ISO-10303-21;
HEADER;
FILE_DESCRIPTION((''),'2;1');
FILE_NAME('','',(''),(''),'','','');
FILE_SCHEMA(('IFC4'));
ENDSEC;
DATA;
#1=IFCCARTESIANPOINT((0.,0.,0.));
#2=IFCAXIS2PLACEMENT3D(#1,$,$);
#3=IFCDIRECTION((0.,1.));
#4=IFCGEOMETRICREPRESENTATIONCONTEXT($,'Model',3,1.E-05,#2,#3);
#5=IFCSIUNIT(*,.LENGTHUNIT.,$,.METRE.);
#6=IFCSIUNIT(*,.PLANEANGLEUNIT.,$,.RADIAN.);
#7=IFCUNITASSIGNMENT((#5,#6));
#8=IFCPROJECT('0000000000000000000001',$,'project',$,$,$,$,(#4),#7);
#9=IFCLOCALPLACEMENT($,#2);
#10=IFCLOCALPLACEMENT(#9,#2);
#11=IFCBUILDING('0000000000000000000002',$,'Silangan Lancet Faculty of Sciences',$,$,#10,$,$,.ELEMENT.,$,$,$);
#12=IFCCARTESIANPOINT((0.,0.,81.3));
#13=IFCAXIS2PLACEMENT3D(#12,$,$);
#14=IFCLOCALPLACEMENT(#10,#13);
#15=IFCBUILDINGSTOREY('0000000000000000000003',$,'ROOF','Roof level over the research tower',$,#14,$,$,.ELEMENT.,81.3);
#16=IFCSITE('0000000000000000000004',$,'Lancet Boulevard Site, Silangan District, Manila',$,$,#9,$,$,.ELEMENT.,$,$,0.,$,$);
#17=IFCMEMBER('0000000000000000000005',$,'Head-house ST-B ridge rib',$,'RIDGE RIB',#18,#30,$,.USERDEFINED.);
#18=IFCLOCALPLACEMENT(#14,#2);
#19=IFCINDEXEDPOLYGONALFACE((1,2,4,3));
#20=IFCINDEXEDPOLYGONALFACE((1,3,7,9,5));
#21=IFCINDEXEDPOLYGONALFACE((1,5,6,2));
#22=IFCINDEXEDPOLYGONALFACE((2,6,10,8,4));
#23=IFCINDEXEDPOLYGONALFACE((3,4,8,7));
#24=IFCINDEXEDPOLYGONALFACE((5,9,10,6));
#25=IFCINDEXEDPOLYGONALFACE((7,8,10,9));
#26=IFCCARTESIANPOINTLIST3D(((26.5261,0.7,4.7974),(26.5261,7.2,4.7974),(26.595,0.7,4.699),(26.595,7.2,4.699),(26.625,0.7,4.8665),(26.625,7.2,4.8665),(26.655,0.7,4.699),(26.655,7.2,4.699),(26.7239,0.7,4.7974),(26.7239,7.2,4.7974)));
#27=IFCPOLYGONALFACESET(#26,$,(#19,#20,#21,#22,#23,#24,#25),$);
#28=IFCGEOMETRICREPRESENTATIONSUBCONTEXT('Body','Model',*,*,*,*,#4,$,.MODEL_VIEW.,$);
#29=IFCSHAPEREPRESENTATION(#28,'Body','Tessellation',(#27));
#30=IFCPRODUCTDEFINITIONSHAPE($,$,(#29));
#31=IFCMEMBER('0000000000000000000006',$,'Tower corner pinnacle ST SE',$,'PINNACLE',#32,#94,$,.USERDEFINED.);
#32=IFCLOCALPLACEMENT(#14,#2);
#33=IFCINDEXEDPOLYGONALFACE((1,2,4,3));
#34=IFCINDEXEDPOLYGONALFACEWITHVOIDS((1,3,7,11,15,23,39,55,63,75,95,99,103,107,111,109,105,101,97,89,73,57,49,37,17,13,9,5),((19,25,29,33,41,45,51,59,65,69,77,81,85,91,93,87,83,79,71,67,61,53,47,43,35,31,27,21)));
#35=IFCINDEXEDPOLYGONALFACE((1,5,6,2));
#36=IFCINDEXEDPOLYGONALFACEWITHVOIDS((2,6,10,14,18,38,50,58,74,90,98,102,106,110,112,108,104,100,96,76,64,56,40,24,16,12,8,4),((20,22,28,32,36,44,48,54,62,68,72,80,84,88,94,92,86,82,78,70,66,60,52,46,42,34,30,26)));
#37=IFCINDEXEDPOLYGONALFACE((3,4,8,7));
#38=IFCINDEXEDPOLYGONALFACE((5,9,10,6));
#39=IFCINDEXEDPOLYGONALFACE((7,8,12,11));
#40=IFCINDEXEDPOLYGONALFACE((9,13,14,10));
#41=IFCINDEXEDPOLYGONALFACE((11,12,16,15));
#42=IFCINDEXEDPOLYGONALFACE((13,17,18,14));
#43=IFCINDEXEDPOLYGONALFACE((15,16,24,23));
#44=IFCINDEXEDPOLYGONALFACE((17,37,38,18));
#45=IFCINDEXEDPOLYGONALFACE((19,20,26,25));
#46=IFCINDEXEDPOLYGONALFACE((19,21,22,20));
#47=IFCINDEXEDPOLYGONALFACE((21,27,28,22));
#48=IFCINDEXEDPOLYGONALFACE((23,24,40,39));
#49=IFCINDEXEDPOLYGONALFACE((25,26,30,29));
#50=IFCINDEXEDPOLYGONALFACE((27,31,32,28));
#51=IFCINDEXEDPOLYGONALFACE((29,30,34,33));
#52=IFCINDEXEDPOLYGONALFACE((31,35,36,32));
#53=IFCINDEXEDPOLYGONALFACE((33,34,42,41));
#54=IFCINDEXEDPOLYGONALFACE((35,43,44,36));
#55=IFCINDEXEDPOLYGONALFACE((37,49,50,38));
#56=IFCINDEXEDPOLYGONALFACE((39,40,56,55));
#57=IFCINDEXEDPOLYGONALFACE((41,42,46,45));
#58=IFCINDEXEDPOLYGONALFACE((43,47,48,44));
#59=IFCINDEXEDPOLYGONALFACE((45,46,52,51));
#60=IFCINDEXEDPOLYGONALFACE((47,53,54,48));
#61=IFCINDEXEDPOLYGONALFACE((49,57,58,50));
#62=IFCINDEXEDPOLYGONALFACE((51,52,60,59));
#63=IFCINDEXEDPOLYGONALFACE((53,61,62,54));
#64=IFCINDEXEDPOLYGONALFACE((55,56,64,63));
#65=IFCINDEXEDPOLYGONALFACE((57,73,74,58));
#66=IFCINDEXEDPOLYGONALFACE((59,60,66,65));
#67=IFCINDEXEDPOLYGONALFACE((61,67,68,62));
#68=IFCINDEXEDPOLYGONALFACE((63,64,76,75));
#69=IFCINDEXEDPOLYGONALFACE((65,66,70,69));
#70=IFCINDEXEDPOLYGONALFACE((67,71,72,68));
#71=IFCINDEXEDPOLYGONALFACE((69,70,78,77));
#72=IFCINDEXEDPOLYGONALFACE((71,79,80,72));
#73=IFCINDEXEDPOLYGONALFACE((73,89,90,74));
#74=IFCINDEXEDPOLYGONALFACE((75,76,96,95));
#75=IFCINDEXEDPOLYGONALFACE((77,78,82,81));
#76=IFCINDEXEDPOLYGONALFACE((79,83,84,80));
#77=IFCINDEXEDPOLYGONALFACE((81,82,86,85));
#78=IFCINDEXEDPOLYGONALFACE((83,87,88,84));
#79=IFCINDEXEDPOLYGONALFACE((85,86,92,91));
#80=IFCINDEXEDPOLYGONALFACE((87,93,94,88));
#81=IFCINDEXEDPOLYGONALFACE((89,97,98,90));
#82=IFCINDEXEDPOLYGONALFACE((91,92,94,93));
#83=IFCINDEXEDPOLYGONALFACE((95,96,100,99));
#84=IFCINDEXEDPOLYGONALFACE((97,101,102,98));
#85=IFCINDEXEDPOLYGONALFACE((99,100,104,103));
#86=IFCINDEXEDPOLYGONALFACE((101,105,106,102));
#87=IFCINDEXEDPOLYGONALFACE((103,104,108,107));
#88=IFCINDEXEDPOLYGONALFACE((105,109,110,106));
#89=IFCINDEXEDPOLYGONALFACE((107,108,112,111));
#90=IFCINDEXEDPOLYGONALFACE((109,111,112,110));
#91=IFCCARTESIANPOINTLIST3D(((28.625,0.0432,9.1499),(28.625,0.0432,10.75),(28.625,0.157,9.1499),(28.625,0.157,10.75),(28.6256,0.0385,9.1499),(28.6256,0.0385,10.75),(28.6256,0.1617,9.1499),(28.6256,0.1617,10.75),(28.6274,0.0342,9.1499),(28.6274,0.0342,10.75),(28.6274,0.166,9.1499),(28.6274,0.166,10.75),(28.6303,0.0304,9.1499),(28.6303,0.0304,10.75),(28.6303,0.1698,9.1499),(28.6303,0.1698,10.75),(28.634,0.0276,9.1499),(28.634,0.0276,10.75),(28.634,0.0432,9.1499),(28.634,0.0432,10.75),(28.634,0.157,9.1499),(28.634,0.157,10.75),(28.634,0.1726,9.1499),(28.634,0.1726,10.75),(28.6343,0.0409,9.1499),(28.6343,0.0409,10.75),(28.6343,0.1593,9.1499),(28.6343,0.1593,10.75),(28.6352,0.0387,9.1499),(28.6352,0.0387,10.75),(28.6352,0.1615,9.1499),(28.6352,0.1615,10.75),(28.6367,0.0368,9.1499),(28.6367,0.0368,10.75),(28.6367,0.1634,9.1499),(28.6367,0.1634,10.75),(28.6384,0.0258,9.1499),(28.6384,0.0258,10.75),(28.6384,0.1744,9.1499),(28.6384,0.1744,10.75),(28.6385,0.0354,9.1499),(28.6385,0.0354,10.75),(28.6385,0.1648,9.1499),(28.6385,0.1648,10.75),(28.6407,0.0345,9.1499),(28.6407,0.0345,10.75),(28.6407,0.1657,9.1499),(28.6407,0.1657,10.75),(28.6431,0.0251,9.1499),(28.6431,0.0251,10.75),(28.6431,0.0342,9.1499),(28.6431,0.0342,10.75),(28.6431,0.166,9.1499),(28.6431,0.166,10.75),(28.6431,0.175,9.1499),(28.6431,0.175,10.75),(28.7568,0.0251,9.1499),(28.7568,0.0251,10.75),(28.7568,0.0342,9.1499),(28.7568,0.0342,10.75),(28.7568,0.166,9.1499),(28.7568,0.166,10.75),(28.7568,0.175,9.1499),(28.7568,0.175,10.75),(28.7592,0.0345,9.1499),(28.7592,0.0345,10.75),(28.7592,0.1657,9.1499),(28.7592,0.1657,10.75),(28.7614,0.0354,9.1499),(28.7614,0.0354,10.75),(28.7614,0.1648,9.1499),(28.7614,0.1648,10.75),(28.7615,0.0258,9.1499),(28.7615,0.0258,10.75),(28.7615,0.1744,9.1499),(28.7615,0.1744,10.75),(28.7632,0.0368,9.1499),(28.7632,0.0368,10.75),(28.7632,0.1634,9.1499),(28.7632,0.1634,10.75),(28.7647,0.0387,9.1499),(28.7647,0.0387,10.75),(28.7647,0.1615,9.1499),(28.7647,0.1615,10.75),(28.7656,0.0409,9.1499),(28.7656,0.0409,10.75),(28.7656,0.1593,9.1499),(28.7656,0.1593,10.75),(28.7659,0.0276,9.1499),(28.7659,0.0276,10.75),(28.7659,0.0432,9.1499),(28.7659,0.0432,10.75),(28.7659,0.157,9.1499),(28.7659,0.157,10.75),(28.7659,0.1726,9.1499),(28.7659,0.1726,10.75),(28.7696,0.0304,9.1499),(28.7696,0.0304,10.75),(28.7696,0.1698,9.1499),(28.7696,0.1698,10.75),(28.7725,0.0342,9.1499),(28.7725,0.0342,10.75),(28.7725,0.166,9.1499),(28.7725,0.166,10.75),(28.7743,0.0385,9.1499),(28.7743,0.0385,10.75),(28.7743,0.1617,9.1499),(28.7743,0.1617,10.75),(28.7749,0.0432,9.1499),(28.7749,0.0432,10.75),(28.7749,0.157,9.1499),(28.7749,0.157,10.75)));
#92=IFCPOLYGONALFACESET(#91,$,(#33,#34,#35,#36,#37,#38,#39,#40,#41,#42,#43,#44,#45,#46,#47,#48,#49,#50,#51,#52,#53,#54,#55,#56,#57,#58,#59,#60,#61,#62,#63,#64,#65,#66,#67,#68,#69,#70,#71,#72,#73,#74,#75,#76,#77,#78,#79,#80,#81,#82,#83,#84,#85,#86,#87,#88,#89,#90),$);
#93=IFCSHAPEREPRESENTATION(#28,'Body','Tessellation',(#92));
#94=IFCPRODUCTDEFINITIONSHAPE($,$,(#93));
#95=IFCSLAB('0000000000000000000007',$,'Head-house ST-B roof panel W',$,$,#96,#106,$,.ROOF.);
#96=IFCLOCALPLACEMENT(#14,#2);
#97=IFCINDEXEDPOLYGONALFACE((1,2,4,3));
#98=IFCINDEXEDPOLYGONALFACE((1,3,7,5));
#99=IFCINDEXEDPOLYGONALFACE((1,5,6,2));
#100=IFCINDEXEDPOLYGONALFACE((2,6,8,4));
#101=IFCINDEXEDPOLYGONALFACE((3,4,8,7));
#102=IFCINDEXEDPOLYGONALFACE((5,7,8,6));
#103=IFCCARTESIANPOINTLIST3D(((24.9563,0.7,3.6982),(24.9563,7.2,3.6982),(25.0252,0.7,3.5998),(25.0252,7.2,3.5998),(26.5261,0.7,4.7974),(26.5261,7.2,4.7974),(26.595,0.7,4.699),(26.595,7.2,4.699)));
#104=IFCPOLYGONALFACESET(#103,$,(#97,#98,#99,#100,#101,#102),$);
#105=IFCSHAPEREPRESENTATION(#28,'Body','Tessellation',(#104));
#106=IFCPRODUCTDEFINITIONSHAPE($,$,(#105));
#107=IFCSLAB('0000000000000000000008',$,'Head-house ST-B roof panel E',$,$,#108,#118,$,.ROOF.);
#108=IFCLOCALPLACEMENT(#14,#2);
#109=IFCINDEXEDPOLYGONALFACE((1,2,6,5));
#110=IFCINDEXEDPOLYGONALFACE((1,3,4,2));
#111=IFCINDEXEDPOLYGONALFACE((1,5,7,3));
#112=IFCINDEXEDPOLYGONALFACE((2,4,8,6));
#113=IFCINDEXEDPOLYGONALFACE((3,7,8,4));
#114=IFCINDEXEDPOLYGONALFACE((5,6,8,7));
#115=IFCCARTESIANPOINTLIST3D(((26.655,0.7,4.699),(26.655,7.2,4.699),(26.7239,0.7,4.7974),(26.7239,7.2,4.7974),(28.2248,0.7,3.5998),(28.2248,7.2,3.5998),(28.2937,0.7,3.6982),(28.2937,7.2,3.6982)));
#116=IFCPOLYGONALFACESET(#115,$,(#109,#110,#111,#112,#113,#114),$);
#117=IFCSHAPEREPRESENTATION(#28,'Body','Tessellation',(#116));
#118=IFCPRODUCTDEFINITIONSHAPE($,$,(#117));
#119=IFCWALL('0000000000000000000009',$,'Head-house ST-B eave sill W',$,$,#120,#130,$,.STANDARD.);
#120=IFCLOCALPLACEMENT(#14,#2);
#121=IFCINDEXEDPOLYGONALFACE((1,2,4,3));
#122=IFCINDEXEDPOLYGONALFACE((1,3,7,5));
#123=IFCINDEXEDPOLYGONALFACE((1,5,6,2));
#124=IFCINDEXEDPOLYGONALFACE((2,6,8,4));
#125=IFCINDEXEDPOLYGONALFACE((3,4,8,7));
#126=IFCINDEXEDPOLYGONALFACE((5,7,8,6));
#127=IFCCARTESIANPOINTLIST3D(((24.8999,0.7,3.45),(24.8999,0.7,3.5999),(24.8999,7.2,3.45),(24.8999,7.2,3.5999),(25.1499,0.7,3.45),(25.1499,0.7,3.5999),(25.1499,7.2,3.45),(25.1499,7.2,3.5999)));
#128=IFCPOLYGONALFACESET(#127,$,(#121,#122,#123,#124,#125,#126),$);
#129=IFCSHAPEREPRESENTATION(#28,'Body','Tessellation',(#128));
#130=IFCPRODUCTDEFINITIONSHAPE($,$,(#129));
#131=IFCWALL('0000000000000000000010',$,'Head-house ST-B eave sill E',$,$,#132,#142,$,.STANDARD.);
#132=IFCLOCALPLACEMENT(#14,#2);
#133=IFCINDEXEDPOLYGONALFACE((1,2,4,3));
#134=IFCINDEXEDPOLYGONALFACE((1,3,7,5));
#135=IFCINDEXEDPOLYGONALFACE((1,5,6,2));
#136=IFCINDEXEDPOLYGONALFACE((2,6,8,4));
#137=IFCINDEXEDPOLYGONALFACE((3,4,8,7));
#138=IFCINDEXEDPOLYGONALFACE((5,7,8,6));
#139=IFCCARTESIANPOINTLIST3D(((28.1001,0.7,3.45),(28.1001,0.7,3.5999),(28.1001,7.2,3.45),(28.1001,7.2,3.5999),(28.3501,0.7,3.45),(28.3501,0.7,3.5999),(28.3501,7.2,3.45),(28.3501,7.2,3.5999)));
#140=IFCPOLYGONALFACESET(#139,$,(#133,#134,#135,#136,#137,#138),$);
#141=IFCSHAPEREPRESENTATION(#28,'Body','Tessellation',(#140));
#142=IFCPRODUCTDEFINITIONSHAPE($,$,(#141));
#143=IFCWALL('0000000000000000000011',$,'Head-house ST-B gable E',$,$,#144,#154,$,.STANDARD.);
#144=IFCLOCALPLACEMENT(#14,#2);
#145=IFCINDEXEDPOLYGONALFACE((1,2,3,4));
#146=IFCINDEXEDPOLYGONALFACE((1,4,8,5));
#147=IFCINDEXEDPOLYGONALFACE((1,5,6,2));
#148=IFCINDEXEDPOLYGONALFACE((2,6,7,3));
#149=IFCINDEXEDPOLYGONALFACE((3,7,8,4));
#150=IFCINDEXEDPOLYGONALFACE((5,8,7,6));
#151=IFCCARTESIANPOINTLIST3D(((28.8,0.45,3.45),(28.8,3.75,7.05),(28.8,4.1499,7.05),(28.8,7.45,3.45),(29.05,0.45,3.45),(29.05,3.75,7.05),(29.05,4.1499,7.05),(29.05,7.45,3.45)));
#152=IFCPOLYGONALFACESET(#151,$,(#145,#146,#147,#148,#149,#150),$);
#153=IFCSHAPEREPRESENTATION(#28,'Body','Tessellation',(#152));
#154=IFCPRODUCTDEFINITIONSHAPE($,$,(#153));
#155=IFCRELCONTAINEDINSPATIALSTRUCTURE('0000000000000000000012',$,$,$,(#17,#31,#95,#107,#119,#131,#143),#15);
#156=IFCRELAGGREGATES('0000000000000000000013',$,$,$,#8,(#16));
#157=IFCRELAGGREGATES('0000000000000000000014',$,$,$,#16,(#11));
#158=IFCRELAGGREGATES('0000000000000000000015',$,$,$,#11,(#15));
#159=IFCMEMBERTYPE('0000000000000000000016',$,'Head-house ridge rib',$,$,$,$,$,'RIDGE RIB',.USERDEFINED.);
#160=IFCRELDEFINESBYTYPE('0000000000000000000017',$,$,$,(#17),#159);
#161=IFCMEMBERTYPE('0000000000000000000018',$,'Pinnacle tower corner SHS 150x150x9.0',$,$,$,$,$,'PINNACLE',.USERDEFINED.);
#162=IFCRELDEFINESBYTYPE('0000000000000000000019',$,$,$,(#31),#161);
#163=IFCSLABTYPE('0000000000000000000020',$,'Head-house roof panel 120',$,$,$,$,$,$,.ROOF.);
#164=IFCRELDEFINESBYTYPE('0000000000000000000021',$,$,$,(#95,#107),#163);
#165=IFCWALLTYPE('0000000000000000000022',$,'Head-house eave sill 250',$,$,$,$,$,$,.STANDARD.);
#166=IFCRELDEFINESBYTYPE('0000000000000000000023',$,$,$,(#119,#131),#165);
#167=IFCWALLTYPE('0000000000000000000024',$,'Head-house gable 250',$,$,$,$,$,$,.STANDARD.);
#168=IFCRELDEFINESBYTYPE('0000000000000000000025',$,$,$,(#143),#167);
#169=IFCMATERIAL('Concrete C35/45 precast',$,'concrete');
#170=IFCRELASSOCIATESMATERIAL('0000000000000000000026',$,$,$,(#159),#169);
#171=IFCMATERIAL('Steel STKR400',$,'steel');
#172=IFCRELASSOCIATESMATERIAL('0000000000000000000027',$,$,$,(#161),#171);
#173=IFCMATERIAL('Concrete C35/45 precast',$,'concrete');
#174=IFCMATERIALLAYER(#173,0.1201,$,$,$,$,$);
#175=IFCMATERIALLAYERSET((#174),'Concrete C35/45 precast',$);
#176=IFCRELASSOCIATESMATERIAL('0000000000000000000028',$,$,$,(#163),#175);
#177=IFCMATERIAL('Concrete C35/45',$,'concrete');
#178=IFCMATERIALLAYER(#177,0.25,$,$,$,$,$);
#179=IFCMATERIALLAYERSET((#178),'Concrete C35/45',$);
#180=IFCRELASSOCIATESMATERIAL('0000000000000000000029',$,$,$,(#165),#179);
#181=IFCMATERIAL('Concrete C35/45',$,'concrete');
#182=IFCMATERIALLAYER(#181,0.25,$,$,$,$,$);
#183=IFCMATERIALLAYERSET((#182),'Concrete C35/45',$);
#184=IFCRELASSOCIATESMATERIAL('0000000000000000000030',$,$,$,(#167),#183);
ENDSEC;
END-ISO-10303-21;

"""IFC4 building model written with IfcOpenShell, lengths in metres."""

from ifc_helpers import new_model, si_unit, direction, frame, frame_2d, origin, origin_2d, place, context, subcontext, project, spatial, polyline, rectangle, hollow_rectangle, outline, extrude, material, layer, layer_set, material_profile, profile_set, type_object, element, save


model = new_model("IFC4")

# Units and contexts
model_context = context("Model", 3, precision=1e-05, world=origin(), true_north=direction((0.0, 1.0)))
body_context = subcontext(model_context, "Body", "Model", "MODEL_VIEW")
ifc_project = project(units=[si_unit("LENGTHUNIT", "METRE"), si_unit("PLANEANGLEUNIT", "RADIAN")], contexts=[model_context])

# Site, building, storey
site_placement = place(None, origin())
site = spatial("IfcSite", under=ifc_project, at=site_placement, Name="Lancet Boulevard Site, Silangan District, Manila", CompositionType="ELEMENT", RefElevation=0.0)
building_placement = place(site_placement, origin())
building = spatial("IfcBuilding", under=site, at=building_placement, Name="Silangan Lancet Faculty of Sciences", CompositionType="ELEMENT")
storey_placement = place(building_placement, frame((0.0, 0.0, 81.3)))
storey = spatial("IfcBuildingStorey", under=building, at=storey_placement, Name="ROOF", Description="Roof level over the research tower", CompositionType="ELEMENT", Elevation=81.3)

# Members
ifc_material_1 = material(Name="Concrete C35/45 precast", Category="concrete")
ifc_material_profile_1 = material_profile(ifc_material_1, outline(polyline([(0.0, 0.0), (0.0989, -0.0691), (0.03, -0.1675), (-0.03, -0.1675), (-0.0989, -0.0691), (0.0, 0.0)])), Name="ridge rib")
ifc_profile_set_1 = profile_set([ifc_material_profile_1], Name="Concrete C35/45 precast")
member_type_1 = type_object("IfcMemberType", Name="Head-house ridge rib", ElementType="RIDGE RIB", PredefinedType="USERDEFINED", material=ifc_profile_set_1)
member_1_placement = place(storey_placement, frame((26.625, 0.7, 4.8665), z_axis=(0.0, 1.0, 0.0), x_axis=(-1.0, 0.0, 0.0)))
element("IfcMember", 1, at=member_1_placement, inside=storey, type_object=member_type_1, Name="Head-house ST-B ridge rib", ObjectType="RIDGE RIB", PredefinedType="USERDEFINED", context=body_context, shape_type="SweptSolid", body=[
    extrude(outline(polyline([(0.0, 0.0), (0.0989, -0.0691), (0.03, -0.1675), (-0.03, -0.1675), (-0.0989, -0.0691), (0.0, 0.0)])), origin(), (0.0, 0.0, 1.0), 6.5),
])
ifc_material_2 = material(Name="Steel STKR400", Category="steel")
ifc_material_profile_2 = material_profile(ifc_material_2, hollow_rectangle(XDim=0.1499, YDim=0.1499, WallThickness=0.009, InnerFilletRadius=0.009, OuterFilletRadius=0.0181, at=origin_2d()), Name="SHS 150x150x9.0")
ifc_profile_set_2 = profile_set([ifc_material_profile_2], Name="Steel STKR400")
member_type_2 = type_object("IfcMemberType", Name="Pinnacle tower corner SHS 150x150x9.0", ElementType="PINNACLE", PredefinedType="USERDEFINED", material=ifc_profile_set_2)
member_2_placement = place(storey_placement, frame((28.7, 0.1001, 9.1499), z_axis=(0.0, 0.0, 1.0), x_axis=(1.0, 0.0, 0.0)))
element("IfcMember", 2, at=member_2_placement, inside=storey, type_object=member_type_2, Name="Tower corner pinnacle ST SE", ObjectType="PINNACLE", PredefinedType="USERDEFINED", context=body_context, shape_type="SweptSolid", body=[
    extrude(hollow_rectangle(XDim=0.1499, YDim=0.1499, WallThickness=0.009, InnerFilletRadius=0.009, OuterFilletRadius=0.0181, at=origin_2d()), origin(), (0.0, 0.0, 1.0), 1.6001),
])

# Slabs
ifc_material_3 = material(Name="Concrete C35/45 precast", Category="concrete")
ifc_layer_1 = layer(ifc_material_3, 0.1201)
ifc_layer_set_1 = layer_set([ifc_layer_1], Name="Concrete C35/45 precast")
slab_type = type_object("IfcSlabType", Name="Head-house roof panel 120", PredefinedType="ROOF", material=ifc_layer_set_1)
slab_1_placement = place(storey_placement, frame((24.9563, 0.7, 3.6982), z_axis=(-0.573548, 0.0, 0.819172), x_axis=(0.0, 1.0, 0.0)))
element("IfcSlab", 3, at=slab_1_placement, inside=storey, type_object=slab_type, Name="Head-house ST-B roof panel W", PredefinedType="ROOF", context=body_context, shape_type="SweptSolid", body=[
    extrude(outline(polyline([(0.0, 0.0), (6.5, 0.0), (6.5, -1.9164), (0.0, -1.9164), (0.0, 0.0)])), origin(), (0.0, 0.0, -1.0), 0.1201),
])
slab_2_placement = place(storey_placement, frame((28.2937, 0.7, 3.6982), z_axis=(0.573548, 0.0, 0.819172), x_axis=(0.0, 1.0, 0.0)))
element("IfcSlab", 4, at=slab_2_placement, inside=storey, type_object=slab_type, Name="Head-house ST-B roof panel E", PredefinedType="ROOF", context=body_context, shape_type="SweptSolid", body=[
    extrude(outline(polyline([(0.0, 0.0), (6.5, 0.0), (6.5, 1.9164), (0.0, 1.9164), (0.0, 0.0)])), origin(), (0.0, 0.0, -1.0), 0.1201),
])

# Walls
ifc_material_4 = material(Name="Concrete C35/45", Category="concrete")
ifc_layer_2 = layer(ifc_material_4, 0.25)
ifc_layer_set_2 = layer_set([ifc_layer_2], Name="Concrete C35/45")
wall_type_1 = type_object("IfcWallType", Name="Head-house eave sill 250", PredefinedType="STANDARD", material=ifc_layer_set_2)
for number, where, z_axis, x_axis, name in (
    (5, (25.0249, 0.7, 3.45), (0.0, 0.0, 1.0), (0.0, 1.0, 0.0), "Head-house ST-B eave sill W"),
    (6, (28.2251, 0.7, 3.45), (0.0, 0.0, 1.0), (0.0, 1.0, 0.0), "Head-house ST-B eave sill E"),
):
    element("IfcWall", number, at=place(storey_placement, frame(where, z_axis=z_axis, x_axis=x_axis)), inside=storey, type_object=wall_type_1, Name=name, PredefinedType="STANDARD", context=body_context, shape_type="SweptSolid", body=[
        extrude(rectangle(XDim=6.5, YDim=0.25, at=frame_2d((3.25, 0.0))), origin(), (0.0, 0.0, 1.0), 0.1499),
    ])
ifc_material_5 = material(Name="Concrete C35/45", Category="concrete")
ifc_layer_3 = layer(ifc_material_5, 0.25)
ifc_layer_set_3 = layer_set([ifc_layer_3], Name="Concrete C35/45")
wall_type_2 = type_object("IfcWallType", Name="Head-house gable 250", PredefinedType="STANDARD", material=ifc_layer_set_3)
wall_1_placement = place(storey_placement, frame((28.925, 0.45, 3.45), z_axis=(0.0, 0.0, 1.0), x_axis=(0.0, 1.0, 0.0)))
element("IfcWall", 7, at=wall_1_placement, inside=storey, type_object=wall_type_2, Name="Head-house ST-B gable E", PredefinedType="STANDARD", context=body_context, shape_type="SweptSolid", body=[
    extrude(outline(polyline([(0.0, 0.0), (7.0, 0.0), (3.7, 3.6001), (3.3, 3.6001), (0.0, 0.0)])), frame((0.0, 0.125, 0.0), z_axis=(0.0, -1.0, 0.0), x_axis=(1.0, 0.0, 0.0)), (0.0, 0.0, 1.0), 0.25),
])

save(model, "model.ifc")
